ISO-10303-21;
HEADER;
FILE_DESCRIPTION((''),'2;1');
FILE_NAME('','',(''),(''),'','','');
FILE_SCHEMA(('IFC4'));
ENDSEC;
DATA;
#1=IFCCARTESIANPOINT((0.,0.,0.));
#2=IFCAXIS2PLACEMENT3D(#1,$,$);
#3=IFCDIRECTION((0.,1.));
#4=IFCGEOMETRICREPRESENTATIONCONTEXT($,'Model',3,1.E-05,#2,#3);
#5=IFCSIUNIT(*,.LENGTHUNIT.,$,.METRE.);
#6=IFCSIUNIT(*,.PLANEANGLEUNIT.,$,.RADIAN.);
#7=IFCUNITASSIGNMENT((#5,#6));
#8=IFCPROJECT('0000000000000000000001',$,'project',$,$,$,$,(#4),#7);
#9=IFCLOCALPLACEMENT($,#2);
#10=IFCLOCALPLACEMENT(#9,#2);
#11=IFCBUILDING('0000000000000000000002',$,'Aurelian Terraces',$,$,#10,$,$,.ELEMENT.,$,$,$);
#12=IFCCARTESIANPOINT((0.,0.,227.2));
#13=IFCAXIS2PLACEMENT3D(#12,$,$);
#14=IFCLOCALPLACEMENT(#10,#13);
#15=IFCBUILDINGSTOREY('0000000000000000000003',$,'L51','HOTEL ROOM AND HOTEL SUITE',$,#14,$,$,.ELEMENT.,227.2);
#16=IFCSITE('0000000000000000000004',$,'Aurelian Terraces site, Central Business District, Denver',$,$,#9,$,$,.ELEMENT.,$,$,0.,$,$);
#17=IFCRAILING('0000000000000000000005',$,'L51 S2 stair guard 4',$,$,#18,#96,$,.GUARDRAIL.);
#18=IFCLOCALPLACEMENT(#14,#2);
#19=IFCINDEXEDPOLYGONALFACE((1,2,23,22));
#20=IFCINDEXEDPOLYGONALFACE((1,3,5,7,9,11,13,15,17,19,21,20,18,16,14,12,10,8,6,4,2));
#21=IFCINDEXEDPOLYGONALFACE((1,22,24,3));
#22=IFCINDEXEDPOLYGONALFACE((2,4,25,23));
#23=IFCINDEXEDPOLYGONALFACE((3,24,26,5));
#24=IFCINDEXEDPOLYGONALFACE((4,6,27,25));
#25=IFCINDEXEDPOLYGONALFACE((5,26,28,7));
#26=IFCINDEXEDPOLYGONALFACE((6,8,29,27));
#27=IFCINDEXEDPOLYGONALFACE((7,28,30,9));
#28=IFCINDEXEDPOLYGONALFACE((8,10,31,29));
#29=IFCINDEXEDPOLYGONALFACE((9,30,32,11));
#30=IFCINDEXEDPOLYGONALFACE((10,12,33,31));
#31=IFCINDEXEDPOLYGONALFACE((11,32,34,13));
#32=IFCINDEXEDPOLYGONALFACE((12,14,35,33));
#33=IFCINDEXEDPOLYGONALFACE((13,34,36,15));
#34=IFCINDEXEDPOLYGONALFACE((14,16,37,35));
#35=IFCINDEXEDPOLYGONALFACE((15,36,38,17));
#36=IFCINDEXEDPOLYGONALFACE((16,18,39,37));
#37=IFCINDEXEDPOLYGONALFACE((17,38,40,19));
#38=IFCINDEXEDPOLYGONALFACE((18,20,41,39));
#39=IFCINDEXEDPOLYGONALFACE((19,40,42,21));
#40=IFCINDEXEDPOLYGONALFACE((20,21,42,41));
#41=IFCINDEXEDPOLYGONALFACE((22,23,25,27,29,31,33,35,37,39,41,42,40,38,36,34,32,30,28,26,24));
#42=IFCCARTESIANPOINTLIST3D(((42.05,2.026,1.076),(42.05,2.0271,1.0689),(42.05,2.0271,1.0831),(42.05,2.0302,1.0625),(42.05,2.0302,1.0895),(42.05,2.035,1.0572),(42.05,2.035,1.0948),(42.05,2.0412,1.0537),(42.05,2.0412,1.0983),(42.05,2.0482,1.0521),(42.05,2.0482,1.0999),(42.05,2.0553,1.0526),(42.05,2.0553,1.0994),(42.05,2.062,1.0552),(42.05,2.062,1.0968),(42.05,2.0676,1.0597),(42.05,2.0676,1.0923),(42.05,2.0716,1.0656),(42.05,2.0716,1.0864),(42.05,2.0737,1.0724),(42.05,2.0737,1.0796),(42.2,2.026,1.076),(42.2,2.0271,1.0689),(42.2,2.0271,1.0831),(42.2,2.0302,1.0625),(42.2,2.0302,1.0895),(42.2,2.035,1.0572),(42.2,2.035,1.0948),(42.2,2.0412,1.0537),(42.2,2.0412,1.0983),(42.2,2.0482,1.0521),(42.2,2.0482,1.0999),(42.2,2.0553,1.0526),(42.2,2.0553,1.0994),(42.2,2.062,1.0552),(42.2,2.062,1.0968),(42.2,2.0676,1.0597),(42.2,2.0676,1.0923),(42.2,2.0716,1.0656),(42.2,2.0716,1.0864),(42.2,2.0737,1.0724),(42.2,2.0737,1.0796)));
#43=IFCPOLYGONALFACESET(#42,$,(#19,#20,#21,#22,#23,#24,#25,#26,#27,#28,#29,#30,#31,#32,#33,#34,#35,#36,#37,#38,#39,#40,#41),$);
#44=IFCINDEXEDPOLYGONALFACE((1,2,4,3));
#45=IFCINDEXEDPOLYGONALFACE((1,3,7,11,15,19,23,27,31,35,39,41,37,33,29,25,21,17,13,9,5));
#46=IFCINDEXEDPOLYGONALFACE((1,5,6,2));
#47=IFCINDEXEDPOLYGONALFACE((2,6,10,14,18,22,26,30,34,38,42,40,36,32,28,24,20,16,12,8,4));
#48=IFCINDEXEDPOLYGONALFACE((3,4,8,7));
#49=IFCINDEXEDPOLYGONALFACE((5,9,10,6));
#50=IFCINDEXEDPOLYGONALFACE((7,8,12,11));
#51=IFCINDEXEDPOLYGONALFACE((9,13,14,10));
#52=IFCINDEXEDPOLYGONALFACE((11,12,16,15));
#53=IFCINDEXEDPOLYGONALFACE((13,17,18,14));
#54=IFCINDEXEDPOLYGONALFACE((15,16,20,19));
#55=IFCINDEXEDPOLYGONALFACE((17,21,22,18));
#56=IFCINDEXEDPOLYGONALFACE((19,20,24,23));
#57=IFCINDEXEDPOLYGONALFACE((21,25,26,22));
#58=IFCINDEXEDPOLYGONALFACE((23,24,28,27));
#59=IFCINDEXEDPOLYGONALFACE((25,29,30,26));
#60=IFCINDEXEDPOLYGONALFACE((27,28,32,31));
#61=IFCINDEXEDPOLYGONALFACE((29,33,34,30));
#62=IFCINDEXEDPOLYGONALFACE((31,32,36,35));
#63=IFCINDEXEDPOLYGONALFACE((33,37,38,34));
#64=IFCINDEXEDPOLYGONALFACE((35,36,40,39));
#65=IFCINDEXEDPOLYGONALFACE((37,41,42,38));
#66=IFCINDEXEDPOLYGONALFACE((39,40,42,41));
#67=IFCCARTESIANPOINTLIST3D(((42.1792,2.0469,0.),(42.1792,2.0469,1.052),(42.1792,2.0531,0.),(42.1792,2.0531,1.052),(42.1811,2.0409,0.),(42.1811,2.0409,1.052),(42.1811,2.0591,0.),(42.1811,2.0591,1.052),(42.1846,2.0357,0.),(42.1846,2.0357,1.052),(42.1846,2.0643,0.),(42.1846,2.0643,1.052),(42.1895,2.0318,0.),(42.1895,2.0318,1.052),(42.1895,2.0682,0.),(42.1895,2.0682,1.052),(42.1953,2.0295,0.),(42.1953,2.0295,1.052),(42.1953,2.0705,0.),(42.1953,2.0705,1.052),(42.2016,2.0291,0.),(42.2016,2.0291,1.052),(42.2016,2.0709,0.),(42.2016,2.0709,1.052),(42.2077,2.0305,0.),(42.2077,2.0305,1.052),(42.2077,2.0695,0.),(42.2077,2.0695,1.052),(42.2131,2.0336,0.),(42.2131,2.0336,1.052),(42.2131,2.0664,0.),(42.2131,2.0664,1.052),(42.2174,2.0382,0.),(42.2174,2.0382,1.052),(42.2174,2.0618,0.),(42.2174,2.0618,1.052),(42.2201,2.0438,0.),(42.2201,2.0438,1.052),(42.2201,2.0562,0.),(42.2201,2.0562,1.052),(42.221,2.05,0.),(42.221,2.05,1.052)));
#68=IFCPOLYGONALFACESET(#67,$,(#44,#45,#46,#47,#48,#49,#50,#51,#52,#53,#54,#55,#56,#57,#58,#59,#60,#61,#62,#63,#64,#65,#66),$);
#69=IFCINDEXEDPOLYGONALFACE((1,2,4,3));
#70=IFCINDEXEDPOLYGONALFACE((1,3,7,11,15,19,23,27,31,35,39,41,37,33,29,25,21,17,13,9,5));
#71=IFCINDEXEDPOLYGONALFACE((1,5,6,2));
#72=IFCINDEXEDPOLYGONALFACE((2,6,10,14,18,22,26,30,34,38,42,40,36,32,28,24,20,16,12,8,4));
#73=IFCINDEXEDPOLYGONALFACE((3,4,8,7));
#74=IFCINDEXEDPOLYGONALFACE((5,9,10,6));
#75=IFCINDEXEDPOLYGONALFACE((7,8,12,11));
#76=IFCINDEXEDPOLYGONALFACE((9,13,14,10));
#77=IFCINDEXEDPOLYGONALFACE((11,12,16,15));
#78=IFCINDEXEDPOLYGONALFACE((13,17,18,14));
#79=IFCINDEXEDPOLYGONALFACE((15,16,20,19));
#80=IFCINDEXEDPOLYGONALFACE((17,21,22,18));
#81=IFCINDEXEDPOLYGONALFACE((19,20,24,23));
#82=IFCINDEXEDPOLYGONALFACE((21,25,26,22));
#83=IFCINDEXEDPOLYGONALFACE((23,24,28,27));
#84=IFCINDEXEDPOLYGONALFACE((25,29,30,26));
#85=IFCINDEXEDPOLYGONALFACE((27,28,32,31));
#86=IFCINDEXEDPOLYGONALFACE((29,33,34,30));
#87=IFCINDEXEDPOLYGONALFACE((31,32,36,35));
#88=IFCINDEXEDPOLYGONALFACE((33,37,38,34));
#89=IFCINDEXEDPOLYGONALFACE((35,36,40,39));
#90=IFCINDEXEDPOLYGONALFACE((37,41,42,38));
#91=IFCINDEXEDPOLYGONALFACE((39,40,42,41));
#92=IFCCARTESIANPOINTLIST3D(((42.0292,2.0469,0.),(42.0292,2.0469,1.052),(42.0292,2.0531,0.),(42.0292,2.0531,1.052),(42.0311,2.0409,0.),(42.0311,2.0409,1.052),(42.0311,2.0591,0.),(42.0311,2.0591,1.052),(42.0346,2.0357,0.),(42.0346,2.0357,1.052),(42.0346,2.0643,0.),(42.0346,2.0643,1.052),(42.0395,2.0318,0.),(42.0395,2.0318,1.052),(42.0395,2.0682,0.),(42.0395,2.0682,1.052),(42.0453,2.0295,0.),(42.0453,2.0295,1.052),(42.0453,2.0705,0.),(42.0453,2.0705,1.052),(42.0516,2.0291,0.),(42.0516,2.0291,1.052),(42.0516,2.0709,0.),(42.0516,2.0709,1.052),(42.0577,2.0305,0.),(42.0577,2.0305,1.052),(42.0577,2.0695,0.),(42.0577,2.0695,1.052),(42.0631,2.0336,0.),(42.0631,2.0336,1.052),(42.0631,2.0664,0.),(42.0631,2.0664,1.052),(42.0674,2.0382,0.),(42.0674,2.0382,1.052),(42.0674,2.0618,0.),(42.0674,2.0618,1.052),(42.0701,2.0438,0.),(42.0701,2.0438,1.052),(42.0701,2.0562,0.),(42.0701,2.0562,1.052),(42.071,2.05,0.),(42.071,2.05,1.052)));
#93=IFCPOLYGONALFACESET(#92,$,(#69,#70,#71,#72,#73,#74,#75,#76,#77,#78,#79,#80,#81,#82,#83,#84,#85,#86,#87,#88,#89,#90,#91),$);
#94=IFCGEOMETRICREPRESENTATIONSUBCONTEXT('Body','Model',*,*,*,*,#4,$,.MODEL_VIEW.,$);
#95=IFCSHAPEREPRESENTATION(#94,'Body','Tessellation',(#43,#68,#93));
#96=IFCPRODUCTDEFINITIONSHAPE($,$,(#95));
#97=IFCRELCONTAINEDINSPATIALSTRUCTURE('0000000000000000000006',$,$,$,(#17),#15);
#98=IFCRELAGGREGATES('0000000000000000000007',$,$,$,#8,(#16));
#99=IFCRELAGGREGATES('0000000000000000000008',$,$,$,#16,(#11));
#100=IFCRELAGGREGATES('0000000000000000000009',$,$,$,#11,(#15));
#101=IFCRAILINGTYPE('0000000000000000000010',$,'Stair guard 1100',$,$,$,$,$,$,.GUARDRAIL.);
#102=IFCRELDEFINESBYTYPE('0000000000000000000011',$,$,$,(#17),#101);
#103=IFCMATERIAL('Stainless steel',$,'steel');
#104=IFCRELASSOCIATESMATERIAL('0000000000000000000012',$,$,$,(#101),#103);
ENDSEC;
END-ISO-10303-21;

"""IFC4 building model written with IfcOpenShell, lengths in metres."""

from ifc_helpers import new_model, si_unit, direction, frame, origin, origin_2d, place, context, subcontext, project, spatial, circle, extrude, source, transform, mapped, material, type_object, element, save


model = new_model("IFC4")

# Units and contexts
model_context = context("Model", 3, precision=1e-05, world=origin(), true_north=direction((0.0, 1.0)))
body_context = subcontext(model_context, "Body", "Model", "MODEL_VIEW")
ifc_project = project(units=[si_unit("LENGTHUNIT", "METRE"), si_unit("PLANEANGLEUNIT", "RADIAN")], contexts=[model_context])

# Site, building, storey
site_placement = place(None, origin())
site = spatial("IfcSite", under=ifc_project, at=site_placement, Name="Aurelian Terraces site, Central Business District, Denver", CompositionType="ELEMENT", RefElevation=0.0)
building_placement = place(site_placement, origin())
building = spatial("IfcBuilding", under=site, at=building_placement, Name="Aurelian Terraces", CompositionType="ELEMENT")
storey_placement = place(building_placement, frame((0.0, 0.0, 227.2)))
storey = spatial("IfcBuildingStorey", under=building, at=storey_placement, Name="L51", Description="HOTEL ROOM AND HOTEL SUITE", CompositionType="ELEMENT", Elevation=227.2)

# Railing
ifc_material_1 = material(Name="Stainless steel", Category="steel")
railing_type_1 = type_object("IfcRailingType", Name="Stair guard 1100", PredefinedType="GUARDRAIL", material=ifc_material_1)
shared_shape_1 = source(origin(), body_context, "Body", "SweptSolid", [
    extrude(circle(Radius=0.024, at=origin_2d()), frame((0.0, 0.0, 1.076), z_axis=(-1.0, 0.0, 0.0), x_axis=(0.0, -1.0, 0.0)), (0.0, 0.0, 1.0), 0.15),
    extrude(circle(Radius=0.021, at=origin_2d()), origin(), (0.0, 0.0, 1.0), 1.052),
    extrude(circle(Radius=0.021, at=origin_2d()), frame((-0.15, 0.0, 0.0)), (0.0, 0.0, 1.0), 1.052),
])
for number, where, name in (
    (1, (42.2, 2.05, 0.0), "L51 S2 stair guard 4"),
):
    element("IfcRailing", number, at=place(storey_placement, frame(where)), inside=storey, type_object=railing_type_1, Name=name, PredefinedType="GUARDRAIL", context=body_context, shape_type="MappedRepresentation", body=[
        mapped(shared_shape_1, transform((0.0, 0.0, 0.0), scale=1.0)),
    ])

save(model, "model.ifc")
